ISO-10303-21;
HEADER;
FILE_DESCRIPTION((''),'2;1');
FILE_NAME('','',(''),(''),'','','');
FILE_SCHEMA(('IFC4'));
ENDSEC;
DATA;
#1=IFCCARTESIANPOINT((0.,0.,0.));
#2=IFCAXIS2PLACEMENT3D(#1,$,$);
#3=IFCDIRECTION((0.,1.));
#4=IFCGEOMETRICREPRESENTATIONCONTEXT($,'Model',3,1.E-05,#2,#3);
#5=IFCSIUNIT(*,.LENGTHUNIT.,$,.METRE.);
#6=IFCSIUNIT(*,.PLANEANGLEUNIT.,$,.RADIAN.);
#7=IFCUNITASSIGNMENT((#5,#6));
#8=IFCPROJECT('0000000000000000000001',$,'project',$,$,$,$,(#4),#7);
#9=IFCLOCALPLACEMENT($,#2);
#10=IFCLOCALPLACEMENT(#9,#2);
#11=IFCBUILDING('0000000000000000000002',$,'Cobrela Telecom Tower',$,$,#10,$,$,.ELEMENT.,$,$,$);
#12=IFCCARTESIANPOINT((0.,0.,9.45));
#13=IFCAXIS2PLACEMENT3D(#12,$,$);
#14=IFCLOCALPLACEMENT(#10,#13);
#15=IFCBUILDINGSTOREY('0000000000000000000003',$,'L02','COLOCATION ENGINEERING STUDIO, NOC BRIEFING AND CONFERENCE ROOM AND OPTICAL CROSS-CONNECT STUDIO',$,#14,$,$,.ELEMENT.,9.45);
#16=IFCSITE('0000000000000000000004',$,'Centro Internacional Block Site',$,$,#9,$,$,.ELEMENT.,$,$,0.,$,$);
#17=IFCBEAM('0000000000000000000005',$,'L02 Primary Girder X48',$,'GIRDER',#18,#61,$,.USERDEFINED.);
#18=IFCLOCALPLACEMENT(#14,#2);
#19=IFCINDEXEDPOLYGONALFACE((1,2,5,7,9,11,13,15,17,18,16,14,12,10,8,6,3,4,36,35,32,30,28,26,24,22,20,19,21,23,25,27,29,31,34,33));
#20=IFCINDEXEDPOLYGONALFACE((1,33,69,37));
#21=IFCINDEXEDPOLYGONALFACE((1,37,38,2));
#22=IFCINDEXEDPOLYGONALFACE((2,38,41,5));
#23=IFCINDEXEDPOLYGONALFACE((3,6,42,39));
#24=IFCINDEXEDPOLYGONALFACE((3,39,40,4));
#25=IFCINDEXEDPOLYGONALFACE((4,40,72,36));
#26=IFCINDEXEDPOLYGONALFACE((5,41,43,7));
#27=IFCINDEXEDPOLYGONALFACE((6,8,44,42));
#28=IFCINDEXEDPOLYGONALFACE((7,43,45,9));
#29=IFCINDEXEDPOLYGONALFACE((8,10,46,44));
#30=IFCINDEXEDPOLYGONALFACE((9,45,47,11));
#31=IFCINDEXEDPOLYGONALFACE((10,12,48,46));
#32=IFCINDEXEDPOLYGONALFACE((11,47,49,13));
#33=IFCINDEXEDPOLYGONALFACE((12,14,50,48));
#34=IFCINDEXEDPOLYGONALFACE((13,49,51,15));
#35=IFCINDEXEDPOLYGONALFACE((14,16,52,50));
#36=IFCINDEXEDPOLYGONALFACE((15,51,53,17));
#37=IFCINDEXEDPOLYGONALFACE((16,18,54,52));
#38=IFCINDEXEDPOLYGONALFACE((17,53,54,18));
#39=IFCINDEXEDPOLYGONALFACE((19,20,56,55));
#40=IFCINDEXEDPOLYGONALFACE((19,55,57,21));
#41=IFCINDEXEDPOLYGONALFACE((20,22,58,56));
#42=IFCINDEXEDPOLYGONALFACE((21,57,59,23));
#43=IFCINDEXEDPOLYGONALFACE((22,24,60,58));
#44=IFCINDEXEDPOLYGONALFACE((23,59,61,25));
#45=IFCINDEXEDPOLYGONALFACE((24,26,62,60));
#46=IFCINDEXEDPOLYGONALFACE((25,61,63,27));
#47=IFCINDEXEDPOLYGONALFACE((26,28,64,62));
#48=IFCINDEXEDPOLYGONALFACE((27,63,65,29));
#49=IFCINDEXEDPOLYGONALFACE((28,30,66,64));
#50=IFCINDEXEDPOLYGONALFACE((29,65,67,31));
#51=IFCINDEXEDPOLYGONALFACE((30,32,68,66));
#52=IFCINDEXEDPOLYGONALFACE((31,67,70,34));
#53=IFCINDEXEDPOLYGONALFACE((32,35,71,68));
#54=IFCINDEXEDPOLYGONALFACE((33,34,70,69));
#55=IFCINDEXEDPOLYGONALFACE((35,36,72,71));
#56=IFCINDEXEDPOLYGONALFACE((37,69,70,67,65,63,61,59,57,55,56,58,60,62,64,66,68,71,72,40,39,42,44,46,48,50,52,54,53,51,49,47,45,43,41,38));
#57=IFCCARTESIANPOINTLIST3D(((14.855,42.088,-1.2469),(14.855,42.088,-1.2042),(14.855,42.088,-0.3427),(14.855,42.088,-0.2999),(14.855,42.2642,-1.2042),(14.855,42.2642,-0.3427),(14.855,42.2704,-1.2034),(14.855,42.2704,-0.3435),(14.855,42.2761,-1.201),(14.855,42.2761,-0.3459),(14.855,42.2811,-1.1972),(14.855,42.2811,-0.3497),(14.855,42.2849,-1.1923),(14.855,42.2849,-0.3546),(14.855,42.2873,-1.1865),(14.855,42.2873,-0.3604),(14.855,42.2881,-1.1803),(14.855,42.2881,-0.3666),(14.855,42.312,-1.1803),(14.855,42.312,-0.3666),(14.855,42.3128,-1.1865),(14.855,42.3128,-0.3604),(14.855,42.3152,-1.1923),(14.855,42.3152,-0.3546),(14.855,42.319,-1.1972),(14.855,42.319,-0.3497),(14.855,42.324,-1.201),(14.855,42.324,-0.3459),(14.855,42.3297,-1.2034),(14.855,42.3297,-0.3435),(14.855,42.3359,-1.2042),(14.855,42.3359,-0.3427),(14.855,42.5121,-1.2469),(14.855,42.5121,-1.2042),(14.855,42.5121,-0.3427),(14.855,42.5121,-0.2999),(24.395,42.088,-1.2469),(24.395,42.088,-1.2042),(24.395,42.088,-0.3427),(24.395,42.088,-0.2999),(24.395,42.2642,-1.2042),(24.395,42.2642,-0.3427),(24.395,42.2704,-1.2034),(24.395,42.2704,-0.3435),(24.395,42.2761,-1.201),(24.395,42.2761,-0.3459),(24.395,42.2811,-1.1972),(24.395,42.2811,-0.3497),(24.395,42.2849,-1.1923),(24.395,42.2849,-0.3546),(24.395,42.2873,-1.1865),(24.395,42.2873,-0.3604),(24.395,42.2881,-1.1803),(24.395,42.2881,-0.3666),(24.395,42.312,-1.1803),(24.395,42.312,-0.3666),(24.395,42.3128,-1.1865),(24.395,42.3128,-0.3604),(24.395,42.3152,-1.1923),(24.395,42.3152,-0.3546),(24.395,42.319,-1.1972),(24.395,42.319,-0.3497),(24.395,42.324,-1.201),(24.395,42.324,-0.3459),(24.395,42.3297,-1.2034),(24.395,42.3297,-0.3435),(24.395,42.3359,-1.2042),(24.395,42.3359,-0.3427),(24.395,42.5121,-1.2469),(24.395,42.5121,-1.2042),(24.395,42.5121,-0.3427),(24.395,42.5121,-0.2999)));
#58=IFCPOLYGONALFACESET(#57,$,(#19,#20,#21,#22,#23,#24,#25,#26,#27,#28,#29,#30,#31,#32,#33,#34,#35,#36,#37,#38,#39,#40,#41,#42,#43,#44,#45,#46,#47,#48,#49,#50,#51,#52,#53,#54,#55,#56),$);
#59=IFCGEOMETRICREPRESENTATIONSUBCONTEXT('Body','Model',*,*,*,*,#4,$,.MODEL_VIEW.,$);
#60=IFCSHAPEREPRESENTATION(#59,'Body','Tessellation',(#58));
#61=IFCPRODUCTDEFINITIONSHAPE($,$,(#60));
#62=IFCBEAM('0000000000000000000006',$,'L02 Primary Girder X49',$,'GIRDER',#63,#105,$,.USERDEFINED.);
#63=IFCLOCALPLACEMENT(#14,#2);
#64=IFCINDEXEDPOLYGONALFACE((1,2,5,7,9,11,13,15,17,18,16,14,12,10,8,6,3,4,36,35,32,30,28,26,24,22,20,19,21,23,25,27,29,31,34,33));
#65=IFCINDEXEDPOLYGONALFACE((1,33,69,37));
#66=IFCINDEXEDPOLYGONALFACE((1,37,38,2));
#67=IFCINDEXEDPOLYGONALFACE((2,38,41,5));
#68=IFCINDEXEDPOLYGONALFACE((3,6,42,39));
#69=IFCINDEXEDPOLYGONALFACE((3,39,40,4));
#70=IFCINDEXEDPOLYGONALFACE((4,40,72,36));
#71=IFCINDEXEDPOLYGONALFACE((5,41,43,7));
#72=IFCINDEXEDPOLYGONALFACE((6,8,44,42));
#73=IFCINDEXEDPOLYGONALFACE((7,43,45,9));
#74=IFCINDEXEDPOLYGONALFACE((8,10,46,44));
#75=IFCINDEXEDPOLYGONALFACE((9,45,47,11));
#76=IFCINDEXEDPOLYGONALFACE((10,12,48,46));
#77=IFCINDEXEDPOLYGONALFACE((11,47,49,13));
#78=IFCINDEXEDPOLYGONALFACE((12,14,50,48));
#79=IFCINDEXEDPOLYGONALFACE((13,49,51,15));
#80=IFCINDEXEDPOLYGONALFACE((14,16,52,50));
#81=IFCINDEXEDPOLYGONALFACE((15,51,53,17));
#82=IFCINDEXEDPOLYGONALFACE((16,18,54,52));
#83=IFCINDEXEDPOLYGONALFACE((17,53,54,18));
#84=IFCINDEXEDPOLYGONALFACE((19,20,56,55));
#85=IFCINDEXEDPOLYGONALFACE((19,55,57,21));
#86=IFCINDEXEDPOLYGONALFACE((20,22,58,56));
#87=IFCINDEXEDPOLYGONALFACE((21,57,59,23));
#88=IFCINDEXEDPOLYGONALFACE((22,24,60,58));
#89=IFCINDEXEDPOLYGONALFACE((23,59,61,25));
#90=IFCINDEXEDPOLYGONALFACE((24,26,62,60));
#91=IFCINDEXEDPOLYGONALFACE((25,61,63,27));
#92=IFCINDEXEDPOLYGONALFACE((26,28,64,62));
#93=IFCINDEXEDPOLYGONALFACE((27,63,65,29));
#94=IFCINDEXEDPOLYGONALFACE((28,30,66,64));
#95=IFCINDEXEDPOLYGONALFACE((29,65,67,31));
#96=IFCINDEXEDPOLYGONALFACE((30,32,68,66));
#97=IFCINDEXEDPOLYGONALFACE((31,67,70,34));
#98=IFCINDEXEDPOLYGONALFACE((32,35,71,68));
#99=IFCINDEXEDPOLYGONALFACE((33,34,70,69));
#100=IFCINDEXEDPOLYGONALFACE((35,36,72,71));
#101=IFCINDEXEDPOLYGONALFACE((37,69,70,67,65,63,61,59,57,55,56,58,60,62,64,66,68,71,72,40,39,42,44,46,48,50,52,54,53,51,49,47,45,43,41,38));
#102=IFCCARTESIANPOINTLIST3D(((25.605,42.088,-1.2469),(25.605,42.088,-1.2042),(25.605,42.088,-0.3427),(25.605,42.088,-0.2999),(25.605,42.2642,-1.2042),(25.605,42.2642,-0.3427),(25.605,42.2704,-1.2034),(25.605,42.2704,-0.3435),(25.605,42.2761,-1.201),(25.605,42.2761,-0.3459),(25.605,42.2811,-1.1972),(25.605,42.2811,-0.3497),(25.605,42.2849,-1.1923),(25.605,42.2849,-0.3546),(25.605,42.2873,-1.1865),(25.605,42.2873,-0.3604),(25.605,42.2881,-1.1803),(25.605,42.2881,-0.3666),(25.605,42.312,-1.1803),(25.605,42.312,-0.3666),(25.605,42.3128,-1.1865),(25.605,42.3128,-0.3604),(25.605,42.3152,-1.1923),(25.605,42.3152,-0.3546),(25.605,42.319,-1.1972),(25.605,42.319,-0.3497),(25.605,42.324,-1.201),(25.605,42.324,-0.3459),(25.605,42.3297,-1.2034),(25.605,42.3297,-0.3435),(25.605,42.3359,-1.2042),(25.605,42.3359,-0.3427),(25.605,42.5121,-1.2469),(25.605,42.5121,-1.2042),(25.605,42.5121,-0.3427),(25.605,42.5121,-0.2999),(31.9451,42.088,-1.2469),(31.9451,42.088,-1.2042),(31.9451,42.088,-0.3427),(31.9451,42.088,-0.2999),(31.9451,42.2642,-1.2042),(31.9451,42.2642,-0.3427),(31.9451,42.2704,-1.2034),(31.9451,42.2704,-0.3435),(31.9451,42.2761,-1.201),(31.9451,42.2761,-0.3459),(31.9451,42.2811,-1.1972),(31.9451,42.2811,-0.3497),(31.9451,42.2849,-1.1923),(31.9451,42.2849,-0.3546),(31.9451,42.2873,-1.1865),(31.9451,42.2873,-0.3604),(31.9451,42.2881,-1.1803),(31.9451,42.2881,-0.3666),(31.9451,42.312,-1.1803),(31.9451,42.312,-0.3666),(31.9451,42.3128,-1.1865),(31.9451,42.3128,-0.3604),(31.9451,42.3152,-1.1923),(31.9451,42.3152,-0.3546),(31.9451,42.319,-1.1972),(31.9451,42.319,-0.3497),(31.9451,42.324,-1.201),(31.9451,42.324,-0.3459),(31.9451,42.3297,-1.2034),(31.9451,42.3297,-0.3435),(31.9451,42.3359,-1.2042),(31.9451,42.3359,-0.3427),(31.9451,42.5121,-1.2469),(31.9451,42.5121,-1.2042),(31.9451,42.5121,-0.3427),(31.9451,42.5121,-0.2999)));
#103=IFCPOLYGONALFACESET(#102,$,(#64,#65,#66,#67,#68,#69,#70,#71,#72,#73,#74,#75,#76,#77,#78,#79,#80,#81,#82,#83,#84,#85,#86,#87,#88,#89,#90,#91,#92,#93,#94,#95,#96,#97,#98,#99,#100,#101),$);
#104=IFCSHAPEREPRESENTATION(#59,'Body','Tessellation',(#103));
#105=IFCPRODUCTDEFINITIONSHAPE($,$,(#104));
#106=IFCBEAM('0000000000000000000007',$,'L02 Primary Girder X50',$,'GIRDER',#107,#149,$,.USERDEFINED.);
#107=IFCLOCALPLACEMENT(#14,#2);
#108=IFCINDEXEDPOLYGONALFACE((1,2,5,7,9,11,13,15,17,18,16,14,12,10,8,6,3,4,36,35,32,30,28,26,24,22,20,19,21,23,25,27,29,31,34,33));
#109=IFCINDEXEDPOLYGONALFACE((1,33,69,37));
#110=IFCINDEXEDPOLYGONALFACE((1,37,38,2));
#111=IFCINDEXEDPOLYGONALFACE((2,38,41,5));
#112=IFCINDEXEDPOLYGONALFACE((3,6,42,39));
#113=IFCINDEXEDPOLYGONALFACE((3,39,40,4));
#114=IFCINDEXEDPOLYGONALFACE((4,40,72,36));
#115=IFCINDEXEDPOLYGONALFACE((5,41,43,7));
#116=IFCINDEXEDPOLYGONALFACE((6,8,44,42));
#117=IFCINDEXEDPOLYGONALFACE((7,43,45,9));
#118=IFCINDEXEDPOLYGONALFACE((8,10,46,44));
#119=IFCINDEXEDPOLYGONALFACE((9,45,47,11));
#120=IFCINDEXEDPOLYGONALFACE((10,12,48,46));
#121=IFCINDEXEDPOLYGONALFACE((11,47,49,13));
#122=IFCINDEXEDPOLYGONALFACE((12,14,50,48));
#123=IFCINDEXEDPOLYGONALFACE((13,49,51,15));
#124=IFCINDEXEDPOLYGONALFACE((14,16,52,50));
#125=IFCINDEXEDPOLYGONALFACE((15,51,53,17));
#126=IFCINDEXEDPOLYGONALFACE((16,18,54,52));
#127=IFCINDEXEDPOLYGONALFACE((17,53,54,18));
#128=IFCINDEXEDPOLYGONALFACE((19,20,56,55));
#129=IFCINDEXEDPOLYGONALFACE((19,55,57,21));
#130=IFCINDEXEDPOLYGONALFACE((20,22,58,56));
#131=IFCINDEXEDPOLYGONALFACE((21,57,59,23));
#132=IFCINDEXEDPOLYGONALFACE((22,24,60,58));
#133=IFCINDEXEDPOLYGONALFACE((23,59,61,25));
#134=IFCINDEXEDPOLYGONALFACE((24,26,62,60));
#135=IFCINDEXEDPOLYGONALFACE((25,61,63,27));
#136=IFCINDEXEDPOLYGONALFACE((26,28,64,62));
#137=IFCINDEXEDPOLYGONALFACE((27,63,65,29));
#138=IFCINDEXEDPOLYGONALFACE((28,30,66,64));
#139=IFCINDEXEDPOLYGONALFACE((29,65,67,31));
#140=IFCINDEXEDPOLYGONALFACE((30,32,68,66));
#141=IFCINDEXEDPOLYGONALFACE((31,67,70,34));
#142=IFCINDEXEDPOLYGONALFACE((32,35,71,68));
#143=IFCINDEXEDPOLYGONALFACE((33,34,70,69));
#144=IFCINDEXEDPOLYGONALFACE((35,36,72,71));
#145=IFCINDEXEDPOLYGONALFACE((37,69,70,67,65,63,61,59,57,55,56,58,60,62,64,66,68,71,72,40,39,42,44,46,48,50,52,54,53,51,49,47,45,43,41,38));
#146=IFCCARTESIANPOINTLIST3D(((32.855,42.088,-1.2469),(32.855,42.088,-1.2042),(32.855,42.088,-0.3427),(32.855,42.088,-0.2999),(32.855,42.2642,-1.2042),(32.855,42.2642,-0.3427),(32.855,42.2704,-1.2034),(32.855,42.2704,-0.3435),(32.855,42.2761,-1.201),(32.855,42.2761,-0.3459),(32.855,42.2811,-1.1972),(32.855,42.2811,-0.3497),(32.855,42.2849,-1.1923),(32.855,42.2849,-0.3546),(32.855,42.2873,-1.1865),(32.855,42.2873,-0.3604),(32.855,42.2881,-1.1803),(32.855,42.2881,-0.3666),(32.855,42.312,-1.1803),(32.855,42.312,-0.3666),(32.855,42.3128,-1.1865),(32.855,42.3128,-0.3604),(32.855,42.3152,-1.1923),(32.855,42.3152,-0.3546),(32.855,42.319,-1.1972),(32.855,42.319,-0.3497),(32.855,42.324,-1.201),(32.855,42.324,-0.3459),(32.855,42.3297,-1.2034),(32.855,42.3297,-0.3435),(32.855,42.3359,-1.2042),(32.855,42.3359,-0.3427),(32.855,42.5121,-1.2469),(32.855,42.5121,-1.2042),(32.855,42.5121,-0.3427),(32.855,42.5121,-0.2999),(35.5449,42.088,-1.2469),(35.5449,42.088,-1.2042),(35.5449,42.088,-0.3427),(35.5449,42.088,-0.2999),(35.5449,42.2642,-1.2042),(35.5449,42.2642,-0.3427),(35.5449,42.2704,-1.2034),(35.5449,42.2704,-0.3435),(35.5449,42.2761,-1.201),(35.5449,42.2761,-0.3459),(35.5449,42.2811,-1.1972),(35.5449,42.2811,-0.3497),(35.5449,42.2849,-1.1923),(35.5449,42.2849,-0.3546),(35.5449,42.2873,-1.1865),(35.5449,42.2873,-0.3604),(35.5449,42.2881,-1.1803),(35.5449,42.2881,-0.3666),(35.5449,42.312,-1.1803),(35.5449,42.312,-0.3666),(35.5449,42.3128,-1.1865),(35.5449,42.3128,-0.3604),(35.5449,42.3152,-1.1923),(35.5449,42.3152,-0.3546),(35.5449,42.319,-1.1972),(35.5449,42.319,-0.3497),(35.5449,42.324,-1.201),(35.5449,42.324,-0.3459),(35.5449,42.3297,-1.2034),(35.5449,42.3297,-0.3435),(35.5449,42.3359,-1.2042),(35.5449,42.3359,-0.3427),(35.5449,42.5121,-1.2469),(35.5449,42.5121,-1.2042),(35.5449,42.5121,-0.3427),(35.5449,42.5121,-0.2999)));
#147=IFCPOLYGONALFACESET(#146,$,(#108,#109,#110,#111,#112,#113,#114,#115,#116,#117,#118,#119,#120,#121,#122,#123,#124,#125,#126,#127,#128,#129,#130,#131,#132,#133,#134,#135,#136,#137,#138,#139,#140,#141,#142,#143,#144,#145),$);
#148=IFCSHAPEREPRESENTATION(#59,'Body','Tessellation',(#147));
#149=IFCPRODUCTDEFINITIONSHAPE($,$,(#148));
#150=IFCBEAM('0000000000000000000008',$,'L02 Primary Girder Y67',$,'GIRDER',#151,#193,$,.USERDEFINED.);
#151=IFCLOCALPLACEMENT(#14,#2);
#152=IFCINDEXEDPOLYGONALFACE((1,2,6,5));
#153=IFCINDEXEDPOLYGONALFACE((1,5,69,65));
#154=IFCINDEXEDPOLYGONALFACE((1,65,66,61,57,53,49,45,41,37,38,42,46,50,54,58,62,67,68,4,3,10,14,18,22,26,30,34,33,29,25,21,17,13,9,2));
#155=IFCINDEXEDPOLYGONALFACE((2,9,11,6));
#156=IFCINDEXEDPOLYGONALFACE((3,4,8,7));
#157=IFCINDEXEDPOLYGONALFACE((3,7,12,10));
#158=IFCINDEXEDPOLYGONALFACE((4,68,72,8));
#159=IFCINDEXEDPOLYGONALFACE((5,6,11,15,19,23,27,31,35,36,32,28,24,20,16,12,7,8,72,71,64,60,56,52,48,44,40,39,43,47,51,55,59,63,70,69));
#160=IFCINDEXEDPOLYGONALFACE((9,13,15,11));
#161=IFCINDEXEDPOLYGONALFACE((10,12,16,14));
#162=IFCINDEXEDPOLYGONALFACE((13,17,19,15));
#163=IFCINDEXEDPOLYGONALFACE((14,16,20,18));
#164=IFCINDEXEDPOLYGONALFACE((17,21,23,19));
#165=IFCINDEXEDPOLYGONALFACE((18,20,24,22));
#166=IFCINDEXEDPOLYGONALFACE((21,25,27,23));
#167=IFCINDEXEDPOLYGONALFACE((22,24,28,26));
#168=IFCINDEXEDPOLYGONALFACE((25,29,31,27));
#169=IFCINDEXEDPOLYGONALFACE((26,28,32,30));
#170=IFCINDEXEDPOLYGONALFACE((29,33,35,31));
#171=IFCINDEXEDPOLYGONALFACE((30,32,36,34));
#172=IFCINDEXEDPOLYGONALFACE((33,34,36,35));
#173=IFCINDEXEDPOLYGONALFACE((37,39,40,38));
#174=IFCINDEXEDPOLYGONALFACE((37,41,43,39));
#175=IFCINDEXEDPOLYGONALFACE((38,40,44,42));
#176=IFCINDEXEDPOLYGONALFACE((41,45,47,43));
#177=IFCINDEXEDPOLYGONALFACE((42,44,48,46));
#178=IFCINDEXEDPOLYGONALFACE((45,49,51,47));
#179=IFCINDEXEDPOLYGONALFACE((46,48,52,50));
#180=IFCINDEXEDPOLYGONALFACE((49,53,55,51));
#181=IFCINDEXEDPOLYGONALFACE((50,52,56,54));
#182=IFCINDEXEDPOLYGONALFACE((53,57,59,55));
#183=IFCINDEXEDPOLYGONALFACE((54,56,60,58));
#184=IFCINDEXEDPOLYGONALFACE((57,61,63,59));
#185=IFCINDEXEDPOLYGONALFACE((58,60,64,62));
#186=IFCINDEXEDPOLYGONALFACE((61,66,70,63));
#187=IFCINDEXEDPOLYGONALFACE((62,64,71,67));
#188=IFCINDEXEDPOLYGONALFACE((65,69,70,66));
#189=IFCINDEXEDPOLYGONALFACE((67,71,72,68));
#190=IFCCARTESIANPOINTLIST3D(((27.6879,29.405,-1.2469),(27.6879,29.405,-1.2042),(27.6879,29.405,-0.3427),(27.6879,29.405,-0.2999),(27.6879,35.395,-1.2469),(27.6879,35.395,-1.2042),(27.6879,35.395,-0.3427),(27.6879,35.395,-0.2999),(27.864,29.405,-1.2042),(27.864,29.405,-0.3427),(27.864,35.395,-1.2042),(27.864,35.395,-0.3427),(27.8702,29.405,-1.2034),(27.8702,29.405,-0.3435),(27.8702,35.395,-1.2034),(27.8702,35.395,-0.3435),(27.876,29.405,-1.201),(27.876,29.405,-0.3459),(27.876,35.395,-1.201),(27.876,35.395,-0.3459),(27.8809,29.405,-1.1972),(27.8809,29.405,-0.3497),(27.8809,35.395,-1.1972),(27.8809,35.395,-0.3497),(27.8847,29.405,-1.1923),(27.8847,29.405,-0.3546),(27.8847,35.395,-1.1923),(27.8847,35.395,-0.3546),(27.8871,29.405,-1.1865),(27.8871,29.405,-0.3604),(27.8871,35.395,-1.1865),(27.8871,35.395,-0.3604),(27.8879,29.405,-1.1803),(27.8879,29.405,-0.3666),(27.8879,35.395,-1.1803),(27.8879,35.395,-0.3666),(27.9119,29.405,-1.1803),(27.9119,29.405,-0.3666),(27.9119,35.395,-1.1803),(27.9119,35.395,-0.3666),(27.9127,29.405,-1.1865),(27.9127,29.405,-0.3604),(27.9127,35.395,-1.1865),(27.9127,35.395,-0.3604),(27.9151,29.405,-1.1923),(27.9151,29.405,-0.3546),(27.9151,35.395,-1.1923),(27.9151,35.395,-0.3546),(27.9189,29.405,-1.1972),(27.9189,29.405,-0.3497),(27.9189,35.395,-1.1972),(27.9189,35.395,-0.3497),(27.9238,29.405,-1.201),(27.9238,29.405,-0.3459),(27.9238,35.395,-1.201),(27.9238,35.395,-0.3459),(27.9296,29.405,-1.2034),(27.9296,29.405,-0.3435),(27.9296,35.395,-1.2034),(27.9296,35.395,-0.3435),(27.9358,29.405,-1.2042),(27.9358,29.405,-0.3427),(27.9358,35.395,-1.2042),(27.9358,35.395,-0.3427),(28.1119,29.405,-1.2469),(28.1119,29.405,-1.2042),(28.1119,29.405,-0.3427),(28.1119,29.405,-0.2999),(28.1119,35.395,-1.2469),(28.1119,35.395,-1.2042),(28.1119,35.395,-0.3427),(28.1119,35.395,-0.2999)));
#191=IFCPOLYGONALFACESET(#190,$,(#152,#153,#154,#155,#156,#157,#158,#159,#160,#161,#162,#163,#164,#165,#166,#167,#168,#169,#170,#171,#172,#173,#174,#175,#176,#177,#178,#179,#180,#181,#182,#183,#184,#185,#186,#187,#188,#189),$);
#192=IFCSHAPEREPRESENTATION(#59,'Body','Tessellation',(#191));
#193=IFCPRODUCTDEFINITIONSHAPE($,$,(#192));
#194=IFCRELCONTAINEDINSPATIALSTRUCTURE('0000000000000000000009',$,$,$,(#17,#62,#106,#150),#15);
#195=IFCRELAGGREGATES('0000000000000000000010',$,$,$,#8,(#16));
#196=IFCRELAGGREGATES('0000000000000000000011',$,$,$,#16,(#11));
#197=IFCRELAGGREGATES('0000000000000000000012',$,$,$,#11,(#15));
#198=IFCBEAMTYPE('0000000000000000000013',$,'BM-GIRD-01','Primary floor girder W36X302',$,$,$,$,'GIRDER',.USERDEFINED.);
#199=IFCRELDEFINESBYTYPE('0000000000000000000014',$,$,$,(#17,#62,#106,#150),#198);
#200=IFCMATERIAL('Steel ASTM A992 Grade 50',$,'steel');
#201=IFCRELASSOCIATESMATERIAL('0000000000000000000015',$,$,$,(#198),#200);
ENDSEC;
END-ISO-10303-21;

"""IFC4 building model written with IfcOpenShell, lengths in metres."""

from ifc_helpers import new_model, si_unit, direction, frame, origin, origin_2d, place, context, subcontext, project, spatial, i_section, extrude, material, material_profile, profile_set, type_object, element, save


model = new_model("IFC4")

# Units and contexts
model_context = context("Model", 3, precision=1e-05, world=origin(), true_north=direction((0.0, 1.0)))
body_context = subcontext(model_context, "Body", "Model", "MODEL_VIEW")
ifc_project = project(units=[si_unit("LENGTHUNIT", "METRE"), si_unit("PLANEANGLEUNIT", "RADIAN")], contexts=[model_context])

# Site, building, storey
site_placement = place(None, origin())
site = spatial("IfcSite", under=ifc_project, at=site_placement, Name="Centro Internacional Block Site", CompositionType="ELEMENT", RefElevation=0.0)
building_placement = place(site_placement, origin())
building = spatial("IfcBuilding", under=site, at=building_placement, Name="Cobrela Telecom Tower", CompositionType="ELEMENT")
storey_placement = place(building_placement, frame((0.0, 0.0, 9.45)))
storey = spatial("IfcBuildingStorey", under=building, at=storey_placement, Name="L02", Description="COLOCATION ENGINEERING STUDIO, NOC BRIEFING AND CONFERENCE ROOM AND OPTICAL CROSS-CONNECT STUDIO", CompositionType="ELEMENT", Elevation=9.45)

# Beams
ifc_material_1 = material(Name="Steel ASTM A992 Grade 50", Category="steel")
ifc_material_profile_1 = material_profile(ifc_material_1, i_section(OverallWidth=0.4241, OverallDepth=0.947, WebThickness=0.0239, FlangeThickness=0.0427, FilletRadius=0.0239, at=origin_2d()), Name="W36X302")
ifc_profile_set_1 = profile_set([ifc_material_profile_1], Name="Steel ASTM A992 Grade 50")
beam_type_1 = type_object("IfcBeamType", Name="BM-GIRD-01", Description="Primary floor girder W36X302", ElementType="GIRDER", PredefinedType="USERDEFINED", material=ifc_profile_set_1)
beam_1_placement = place(storey_placement, frame((14.855, 42.3, -0.7734), z_axis=(1.0, 0.0, 0.0), x_axis=(0.0, 1.0, 0.0)))
element("IfcBeam", 1, at=beam_1_placement, inside=storey, type_object=beam_type_1, Name="L02 Primary Girder X48", ObjectType="GIRDER", PredefinedType="USERDEFINED", context=body_context, shape_type="SweptSolid", body=[
    extrude(i_section(OverallWidth=0.4241, OverallDepth=0.947, WebThickness=0.0239, FlangeThickness=0.0427, FilletRadius=0.0239, at=origin_2d()), origin(), (0.0, 0.0, 1.0), 9.54),
])
beam_2_placement = place(storey_placement, frame((25.605, 42.3, -0.7734), z_axis=(1.0, 0.0, 0.0), x_axis=(0.0, 1.0, 0.0)))
element("IfcBeam", 2, at=beam_2_placement, inside=storey, type_object=beam_type_1, Name="L02 Primary Girder X49", ObjectType="GIRDER", PredefinedType="USERDEFINED", context=body_context, shape_type="SweptSolid", body=[
    extrude(i_section(OverallWidth=0.4241, OverallDepth=0.947, WebThickness=0.0239, FlangeThickness=0.0427, FilletRadius=0.0239, at=origin_2d()), origin(), (0.0, 0.0, 1.0), 6.3401),
])
beam_3_placement = place(storey_placement, frame((32.855, 42.3, -0.7734), z_axis=(1.0, 0.0, 0.0), x_axis=(0.0, 1.0, 0.0)))
element("IfcBeam", 3, at=beam_3_placement, inside=storey, type_object=beam_type_1, Name="L02 Primary Girder X50", ObjectType="GIRDER", PredefinedType="USERDEFINED", context=body_context, shape_type="SweptSolid", body=[
    extrude(i_section(OverallWidth=0.4241, OverallDepth=0.947, WebThickness=0.0239, FlangeThickness=0.0427, FilletRadius=0.0239, at=origin_2d()), origin(), (0.0, 0.0, 1.0), 2.6899),
])
beam_4_placement = place(storey_placement, frame((27.8999, 29.405, -0.7734), z_axis=(0.0, 1.0, 0.0), x_axis=(-1.0, 0.0, 0.0)))
element("IfcBeam", 4, at=beam_4_placement, inside=storey, type_object=beam_type_1, Name="L02 Primary Girder Y67", ObjectType="GIRDER", PredefinedType="USERDEFINED", context=body_context, shape_type="SweptSolid", body=[
    extrude(i_section(OverallWidth=0.4241, OverallDepth=0.947, WebThickness=0.0239, FlangeThickness=0.0427, FilletRadius=0.0239, at=origin_2d()), origin(), (0.0, 0.0, 1.0), 5.99),
])

save(model, "model.ifc")
